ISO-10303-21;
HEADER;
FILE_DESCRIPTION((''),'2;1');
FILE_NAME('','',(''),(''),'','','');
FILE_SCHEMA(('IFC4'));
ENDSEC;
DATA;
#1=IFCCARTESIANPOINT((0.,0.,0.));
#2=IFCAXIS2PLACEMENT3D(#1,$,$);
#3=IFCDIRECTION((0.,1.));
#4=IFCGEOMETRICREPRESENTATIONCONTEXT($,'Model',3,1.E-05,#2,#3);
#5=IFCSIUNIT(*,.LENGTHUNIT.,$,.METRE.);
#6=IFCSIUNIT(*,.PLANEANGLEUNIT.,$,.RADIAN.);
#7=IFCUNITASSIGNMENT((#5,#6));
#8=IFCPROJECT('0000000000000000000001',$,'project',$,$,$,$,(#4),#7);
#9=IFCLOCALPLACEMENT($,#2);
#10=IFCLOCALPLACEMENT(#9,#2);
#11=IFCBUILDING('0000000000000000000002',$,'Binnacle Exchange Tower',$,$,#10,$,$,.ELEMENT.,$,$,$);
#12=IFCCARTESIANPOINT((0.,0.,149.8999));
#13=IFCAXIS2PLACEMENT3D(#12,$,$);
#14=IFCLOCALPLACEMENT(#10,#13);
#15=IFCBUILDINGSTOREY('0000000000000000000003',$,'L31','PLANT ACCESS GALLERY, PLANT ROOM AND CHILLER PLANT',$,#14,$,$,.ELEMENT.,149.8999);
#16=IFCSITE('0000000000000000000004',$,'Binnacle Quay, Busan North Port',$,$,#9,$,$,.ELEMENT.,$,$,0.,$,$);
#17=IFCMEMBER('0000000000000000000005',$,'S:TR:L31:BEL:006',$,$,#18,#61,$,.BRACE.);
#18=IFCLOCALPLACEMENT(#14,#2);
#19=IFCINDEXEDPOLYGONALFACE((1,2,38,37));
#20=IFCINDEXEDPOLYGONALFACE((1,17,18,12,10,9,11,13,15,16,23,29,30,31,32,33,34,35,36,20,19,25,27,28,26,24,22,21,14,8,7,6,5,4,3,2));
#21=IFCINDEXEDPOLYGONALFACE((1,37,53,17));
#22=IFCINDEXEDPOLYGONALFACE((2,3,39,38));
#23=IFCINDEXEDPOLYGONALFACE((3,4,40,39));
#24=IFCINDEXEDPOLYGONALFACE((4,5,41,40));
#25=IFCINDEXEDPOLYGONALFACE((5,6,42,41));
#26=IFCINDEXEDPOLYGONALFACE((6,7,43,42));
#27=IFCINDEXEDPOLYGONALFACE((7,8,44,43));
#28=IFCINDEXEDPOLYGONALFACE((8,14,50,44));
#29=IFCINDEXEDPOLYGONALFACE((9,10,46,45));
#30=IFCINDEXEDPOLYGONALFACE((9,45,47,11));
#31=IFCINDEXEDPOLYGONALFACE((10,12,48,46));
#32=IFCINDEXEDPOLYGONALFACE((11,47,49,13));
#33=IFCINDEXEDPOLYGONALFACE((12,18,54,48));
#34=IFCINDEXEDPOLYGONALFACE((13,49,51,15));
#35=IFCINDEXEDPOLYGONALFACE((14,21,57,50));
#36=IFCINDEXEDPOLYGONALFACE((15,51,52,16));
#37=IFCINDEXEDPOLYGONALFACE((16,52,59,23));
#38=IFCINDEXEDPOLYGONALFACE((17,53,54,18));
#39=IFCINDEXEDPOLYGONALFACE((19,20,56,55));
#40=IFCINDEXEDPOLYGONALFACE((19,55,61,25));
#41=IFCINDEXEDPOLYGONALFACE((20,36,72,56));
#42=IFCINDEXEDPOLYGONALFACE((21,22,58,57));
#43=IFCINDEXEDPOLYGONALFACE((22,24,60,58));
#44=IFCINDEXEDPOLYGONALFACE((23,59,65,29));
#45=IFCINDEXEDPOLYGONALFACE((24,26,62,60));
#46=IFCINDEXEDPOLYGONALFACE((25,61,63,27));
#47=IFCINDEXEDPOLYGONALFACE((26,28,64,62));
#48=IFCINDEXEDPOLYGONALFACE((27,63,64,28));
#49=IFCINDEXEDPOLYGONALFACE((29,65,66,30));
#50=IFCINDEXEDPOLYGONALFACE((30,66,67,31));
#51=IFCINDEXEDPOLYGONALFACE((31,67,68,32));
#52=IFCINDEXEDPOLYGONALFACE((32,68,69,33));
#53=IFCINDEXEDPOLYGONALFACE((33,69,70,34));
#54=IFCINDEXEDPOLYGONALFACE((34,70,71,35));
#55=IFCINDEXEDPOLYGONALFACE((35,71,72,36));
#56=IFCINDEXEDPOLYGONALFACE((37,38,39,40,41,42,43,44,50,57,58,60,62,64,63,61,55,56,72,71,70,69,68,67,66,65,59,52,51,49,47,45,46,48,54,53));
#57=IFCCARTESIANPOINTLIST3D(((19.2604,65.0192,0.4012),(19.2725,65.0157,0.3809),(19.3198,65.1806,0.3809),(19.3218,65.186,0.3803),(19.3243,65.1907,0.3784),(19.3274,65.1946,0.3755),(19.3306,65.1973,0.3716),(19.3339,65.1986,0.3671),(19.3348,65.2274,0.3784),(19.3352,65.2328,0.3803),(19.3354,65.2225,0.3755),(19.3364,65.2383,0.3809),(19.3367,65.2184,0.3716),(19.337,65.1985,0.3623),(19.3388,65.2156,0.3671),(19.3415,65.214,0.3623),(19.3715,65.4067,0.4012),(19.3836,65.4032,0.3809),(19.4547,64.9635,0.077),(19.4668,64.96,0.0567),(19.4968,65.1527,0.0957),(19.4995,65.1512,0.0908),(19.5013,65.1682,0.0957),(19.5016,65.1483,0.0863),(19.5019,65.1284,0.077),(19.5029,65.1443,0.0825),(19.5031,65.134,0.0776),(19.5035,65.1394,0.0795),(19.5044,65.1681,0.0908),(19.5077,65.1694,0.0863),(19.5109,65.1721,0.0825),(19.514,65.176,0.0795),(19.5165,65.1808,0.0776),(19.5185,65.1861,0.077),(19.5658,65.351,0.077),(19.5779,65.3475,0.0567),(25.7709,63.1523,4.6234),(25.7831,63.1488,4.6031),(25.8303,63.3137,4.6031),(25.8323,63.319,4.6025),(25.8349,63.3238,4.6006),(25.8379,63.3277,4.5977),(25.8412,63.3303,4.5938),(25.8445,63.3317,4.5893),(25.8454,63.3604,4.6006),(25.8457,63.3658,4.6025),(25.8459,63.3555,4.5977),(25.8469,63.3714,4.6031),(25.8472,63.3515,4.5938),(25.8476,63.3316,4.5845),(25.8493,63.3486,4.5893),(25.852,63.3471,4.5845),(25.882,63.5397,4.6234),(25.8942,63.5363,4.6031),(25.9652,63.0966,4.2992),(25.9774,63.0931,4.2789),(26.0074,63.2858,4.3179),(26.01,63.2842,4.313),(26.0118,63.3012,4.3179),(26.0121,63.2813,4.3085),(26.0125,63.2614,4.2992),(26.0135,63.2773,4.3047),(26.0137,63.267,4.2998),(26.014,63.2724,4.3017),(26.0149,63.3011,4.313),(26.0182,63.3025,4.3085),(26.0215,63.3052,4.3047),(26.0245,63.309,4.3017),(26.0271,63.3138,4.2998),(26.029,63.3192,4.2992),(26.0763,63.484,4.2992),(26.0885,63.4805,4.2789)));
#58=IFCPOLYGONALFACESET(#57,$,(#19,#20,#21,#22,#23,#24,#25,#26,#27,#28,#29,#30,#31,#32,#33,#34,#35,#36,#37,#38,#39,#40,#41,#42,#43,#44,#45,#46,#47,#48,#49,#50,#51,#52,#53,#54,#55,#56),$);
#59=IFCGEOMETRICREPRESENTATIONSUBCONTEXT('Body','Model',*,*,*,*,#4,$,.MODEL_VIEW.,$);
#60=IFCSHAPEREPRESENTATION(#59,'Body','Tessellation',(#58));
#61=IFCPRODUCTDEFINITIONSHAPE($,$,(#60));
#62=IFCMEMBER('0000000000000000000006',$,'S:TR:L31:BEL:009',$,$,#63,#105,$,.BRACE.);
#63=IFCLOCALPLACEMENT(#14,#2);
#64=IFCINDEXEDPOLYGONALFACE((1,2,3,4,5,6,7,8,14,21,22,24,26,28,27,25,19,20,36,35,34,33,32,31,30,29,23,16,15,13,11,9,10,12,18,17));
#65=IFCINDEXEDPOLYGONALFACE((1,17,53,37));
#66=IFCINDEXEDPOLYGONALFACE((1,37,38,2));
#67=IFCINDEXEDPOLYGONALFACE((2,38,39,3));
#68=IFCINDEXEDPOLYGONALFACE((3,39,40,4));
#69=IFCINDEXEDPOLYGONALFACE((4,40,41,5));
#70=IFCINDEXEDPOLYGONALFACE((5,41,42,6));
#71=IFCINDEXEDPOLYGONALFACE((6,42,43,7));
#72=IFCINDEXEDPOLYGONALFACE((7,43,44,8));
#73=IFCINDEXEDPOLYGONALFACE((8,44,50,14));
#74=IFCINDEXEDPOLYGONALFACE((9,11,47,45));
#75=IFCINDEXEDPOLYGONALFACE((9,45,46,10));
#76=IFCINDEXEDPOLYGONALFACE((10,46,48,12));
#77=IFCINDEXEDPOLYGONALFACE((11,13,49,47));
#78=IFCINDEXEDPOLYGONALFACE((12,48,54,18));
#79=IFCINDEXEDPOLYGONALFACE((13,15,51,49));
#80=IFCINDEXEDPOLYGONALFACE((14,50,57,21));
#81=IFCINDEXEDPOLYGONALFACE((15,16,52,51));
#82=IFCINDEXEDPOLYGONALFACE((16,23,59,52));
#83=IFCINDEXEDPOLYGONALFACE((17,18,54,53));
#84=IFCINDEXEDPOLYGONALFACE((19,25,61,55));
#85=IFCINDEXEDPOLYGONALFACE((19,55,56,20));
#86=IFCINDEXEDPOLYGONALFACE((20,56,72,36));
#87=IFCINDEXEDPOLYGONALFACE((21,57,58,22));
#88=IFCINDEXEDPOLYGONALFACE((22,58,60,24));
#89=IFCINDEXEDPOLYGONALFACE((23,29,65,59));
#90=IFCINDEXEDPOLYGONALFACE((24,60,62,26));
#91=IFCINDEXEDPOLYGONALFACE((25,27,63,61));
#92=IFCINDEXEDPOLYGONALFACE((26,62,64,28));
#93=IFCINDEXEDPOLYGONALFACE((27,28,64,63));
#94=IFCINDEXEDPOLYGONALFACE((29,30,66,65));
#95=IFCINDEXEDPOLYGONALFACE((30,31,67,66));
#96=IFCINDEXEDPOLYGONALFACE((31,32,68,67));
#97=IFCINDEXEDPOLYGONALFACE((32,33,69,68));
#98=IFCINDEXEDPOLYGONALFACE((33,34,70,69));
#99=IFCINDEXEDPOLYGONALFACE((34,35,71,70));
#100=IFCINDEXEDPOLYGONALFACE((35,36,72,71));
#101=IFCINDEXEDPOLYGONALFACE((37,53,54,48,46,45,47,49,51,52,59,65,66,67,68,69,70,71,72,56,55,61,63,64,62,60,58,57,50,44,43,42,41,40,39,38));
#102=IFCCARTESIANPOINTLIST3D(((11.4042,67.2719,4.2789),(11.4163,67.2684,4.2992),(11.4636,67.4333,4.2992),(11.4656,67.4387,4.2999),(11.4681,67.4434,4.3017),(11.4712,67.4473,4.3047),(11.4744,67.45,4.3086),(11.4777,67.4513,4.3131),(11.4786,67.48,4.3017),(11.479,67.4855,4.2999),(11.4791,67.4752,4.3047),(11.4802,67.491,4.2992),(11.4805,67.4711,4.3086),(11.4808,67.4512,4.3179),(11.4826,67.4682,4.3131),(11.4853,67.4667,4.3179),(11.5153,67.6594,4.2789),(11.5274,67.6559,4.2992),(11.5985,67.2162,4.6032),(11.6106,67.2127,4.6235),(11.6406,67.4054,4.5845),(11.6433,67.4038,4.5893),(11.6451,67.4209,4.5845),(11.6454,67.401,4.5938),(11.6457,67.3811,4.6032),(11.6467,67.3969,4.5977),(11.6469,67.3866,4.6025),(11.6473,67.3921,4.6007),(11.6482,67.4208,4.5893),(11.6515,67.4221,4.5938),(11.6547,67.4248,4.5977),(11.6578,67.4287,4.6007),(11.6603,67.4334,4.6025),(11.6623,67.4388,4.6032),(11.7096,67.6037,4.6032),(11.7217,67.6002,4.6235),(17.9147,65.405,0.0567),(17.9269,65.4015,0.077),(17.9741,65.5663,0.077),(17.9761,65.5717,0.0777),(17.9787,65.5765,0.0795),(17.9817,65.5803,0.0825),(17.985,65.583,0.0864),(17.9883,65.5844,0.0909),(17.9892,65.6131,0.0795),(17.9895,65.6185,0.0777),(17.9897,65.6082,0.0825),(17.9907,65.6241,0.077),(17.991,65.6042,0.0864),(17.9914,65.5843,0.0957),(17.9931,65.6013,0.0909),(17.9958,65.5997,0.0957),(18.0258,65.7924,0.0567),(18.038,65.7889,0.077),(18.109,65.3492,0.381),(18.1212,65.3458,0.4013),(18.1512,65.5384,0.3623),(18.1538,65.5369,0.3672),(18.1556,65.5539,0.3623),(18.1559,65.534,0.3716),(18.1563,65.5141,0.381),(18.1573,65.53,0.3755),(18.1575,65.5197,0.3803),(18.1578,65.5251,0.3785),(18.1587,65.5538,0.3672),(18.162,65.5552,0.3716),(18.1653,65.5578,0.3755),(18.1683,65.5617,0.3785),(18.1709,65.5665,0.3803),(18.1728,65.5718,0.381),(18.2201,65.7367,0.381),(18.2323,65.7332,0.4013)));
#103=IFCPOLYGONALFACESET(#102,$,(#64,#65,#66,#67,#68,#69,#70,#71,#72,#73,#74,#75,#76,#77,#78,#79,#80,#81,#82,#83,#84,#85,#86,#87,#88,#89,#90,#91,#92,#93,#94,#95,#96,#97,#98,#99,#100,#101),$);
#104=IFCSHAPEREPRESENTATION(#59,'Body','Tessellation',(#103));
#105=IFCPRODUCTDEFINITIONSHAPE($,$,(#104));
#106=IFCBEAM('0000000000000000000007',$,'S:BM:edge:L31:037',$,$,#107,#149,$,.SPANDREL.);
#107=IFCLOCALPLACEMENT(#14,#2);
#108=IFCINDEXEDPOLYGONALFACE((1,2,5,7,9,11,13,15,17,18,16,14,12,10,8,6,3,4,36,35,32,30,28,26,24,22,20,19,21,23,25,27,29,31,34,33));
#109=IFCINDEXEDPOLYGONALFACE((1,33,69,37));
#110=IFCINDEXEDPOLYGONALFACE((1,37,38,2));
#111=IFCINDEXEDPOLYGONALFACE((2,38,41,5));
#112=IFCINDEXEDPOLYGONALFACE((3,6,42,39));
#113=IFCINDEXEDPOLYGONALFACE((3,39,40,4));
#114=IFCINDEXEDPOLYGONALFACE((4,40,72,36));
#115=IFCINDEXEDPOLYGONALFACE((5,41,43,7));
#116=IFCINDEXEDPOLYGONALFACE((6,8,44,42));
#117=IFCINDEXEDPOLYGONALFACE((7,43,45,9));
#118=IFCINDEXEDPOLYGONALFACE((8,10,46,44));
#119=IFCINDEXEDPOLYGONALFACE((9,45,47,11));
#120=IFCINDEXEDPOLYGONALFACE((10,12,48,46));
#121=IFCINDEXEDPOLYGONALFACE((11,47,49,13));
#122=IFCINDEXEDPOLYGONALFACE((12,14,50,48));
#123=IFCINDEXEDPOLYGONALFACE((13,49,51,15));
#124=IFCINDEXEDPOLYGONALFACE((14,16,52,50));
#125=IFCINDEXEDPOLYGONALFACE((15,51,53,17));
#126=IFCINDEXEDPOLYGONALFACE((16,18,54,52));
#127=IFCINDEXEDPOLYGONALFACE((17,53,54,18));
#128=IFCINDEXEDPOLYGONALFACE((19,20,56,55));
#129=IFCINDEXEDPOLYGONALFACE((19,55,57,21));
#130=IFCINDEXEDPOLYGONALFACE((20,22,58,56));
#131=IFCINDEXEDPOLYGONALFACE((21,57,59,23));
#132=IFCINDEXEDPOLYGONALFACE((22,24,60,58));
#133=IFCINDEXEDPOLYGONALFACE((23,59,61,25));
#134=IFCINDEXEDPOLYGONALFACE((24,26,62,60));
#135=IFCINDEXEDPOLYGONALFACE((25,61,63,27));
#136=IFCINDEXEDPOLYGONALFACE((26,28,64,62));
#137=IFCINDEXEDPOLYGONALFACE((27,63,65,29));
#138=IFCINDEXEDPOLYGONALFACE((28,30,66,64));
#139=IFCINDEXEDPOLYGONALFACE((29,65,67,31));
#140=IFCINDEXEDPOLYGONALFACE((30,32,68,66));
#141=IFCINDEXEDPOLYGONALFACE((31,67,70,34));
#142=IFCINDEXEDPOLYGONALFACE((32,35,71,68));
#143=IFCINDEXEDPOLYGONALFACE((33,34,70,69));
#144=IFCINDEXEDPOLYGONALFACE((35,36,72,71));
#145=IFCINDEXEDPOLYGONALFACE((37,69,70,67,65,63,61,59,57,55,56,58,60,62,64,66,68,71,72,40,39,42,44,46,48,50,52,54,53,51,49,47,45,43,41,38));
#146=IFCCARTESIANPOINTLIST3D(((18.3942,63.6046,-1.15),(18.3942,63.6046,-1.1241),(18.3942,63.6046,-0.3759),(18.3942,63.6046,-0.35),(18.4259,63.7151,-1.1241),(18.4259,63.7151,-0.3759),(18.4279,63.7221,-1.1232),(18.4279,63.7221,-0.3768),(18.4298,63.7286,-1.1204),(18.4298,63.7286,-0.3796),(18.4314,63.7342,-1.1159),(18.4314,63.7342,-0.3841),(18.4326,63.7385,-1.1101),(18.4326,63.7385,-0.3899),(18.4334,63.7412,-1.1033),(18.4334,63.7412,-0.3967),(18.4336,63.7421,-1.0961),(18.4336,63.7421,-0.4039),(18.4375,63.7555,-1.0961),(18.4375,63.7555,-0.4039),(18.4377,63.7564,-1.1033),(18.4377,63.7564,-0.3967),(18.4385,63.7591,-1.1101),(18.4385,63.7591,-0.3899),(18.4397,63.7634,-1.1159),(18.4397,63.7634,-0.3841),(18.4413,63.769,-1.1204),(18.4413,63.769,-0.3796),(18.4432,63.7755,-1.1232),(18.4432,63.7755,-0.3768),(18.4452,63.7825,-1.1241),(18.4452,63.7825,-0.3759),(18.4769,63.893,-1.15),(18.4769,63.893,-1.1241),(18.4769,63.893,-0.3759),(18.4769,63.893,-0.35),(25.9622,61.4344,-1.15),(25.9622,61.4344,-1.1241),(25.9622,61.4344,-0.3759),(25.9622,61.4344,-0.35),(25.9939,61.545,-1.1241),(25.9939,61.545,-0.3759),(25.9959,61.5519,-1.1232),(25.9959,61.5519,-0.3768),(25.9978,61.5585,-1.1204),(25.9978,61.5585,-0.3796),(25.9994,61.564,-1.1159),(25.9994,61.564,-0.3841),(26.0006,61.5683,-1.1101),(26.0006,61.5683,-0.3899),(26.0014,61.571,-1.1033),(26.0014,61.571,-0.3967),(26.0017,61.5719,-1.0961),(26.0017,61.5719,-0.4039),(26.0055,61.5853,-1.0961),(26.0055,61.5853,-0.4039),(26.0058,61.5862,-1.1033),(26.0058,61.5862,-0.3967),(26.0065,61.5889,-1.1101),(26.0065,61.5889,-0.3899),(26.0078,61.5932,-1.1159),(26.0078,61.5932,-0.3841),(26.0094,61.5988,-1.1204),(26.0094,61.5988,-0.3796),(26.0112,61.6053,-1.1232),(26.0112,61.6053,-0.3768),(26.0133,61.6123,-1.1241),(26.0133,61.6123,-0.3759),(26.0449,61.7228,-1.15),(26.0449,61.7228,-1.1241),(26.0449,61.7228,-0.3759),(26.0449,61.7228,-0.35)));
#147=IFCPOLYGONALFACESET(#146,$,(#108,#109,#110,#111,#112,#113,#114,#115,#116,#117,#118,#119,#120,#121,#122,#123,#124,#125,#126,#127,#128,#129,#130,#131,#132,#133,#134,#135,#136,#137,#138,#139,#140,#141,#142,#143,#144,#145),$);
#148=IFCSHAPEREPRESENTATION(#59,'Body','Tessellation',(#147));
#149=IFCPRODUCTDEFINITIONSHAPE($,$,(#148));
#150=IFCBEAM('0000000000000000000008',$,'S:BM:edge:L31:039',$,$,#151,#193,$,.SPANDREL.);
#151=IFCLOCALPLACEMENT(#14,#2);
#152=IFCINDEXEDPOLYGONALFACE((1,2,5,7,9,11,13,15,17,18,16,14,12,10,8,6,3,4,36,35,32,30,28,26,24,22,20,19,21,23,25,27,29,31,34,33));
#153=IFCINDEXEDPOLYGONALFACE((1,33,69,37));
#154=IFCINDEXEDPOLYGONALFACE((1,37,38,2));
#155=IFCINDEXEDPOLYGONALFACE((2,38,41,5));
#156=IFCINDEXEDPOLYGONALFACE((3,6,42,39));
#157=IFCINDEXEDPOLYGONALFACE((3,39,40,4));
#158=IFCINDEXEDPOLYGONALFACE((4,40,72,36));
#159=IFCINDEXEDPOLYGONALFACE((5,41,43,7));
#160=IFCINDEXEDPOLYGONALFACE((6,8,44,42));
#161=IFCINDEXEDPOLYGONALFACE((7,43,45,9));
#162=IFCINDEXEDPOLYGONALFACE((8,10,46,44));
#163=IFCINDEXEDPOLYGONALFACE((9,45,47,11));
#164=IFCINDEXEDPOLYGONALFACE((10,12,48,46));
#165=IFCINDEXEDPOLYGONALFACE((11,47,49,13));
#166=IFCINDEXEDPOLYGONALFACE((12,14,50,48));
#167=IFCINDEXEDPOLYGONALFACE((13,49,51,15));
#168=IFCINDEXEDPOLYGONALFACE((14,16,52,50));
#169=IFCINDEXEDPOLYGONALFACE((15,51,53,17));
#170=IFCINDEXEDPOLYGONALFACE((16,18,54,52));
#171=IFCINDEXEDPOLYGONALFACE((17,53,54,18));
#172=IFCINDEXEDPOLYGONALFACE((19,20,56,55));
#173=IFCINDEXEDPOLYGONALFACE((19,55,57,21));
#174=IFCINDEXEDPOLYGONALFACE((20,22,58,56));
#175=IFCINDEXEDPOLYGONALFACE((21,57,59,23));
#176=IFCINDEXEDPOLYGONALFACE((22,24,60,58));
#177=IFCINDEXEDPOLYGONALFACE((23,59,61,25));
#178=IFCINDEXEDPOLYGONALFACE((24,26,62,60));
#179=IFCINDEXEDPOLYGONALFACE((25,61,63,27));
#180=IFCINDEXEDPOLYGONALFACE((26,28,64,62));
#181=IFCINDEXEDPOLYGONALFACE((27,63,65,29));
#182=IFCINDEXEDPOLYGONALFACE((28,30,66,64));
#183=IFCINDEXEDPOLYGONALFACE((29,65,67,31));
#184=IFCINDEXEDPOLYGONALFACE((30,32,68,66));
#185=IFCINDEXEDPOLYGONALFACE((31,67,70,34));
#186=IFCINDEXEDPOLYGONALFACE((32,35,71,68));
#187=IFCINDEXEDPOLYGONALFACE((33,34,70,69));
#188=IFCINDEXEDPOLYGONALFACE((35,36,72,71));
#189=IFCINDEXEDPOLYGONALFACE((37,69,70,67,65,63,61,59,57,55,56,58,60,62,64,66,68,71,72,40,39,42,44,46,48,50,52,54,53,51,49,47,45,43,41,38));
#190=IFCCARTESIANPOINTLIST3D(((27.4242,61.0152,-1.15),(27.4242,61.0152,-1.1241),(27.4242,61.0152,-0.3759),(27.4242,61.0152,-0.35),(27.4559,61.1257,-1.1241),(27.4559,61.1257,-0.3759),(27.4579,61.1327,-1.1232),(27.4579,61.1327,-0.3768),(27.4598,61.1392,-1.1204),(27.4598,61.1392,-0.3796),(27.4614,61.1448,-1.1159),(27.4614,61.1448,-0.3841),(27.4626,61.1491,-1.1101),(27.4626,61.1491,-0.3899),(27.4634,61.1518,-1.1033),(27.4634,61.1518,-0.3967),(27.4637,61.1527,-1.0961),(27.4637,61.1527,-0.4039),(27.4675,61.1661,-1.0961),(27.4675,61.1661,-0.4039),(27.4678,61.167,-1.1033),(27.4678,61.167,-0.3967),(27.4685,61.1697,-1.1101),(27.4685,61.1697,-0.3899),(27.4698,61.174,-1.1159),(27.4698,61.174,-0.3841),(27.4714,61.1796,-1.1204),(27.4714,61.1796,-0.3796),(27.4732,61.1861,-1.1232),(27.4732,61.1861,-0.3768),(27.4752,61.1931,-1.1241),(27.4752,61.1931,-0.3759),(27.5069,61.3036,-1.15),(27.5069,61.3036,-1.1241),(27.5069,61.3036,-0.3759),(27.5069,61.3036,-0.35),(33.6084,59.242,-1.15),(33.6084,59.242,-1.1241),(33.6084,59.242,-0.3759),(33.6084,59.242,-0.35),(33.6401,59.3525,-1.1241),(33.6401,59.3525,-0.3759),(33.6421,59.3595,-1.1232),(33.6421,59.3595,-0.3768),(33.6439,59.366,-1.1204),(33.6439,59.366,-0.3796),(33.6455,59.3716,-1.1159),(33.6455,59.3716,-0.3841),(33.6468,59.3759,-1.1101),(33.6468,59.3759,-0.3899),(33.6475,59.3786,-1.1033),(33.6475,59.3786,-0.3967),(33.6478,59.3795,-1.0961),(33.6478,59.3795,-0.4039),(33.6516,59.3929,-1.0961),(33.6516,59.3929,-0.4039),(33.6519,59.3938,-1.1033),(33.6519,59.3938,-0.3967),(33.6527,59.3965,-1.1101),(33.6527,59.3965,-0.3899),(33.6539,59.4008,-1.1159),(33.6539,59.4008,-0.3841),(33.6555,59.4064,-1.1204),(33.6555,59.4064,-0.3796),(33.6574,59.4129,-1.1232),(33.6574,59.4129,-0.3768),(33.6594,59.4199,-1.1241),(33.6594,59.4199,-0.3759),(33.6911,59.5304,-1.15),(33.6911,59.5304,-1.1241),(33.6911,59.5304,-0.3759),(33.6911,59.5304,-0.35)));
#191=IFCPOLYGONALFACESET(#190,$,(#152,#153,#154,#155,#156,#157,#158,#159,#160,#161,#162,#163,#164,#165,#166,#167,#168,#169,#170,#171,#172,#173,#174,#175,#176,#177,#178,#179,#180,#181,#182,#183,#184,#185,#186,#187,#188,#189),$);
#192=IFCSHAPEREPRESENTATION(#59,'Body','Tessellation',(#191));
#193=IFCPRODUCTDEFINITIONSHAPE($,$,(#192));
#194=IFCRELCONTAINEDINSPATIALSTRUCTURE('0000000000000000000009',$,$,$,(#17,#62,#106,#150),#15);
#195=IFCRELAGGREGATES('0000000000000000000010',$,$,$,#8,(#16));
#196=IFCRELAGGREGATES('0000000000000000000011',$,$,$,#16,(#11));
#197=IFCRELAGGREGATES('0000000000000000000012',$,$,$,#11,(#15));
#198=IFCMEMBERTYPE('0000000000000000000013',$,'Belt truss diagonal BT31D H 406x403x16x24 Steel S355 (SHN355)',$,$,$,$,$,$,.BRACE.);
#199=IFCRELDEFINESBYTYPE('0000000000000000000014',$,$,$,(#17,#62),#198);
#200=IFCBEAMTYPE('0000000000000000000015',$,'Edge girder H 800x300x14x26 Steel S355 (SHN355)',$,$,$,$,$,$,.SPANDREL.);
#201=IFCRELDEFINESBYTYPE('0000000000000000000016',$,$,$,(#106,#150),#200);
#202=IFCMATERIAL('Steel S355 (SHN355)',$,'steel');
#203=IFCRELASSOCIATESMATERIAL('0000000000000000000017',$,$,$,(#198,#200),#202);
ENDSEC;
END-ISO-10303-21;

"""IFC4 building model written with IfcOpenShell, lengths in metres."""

from ifc_helpers import new_model, si_unit, direction, frame, origin, origin_2d, place, context, subcontext, project, spatial, i_section, extrude, material, material_profile, profile_set, type_object, element, save


model = new_model("IFC4")

# Units and contexts
model_context = context("Model", 3, precision=1e-05, world=origin(), true_north=direction((0.0, 1.0)))
body_context = subcontext(model_context, "Body", "Model", "MODEL_VIEW")
ifc_project = project(units=[si_unit("LENGTHUNIT", "METRE"), si_unit("PLANEANGLEUNIT", "RADIAN")], contexts=[model_context])

# Site, building, storey
site_placement = place(None, origin())
site = spatial("IfcSite", under=ifc_project, at=site_placement, Name="Binnacle Quay, Busan North Port", CompositionType="ELEMENT", RefElevation=0.0)
building_placement = place(site_placement, origin())
building = spatial("IfcBuilding", under=site, at=building_placement, Name="Binnacle Exchange Tower", CompositionType="ELEMENT")
storey_placement = place(building_placement, frame((0.0, 0.0, 149.8999)))
storey = spatial("IfcBuildingStorey", under=building, at=storey_placement, Name="L31", Description="PLANT ACCESS GALLERY, PLANT ROOM AND CHILLER PLANT", CompositionType="ELEMENT", Elevation=149.8999)

# Members
ifc_material_1 = material(Name="Steel S355 (SHN355)", Category="steel")
ifc_material_profile_1 = material_profile(ifc_material_1, i_section(OverallWidth=0.4031, OverallDepth=0.406, WebThickness=0.0161, FlangeThickness=0.0239, FilletRadius=0.022, at=origin_2d()), Name="H 406x403x16x24")
ifc_profile_set_1 = profile_set([ifc_material_profile_1], Name="Steel S355 (SHN355)")
member_type_1 = type_object("IfcMemberType", Name="Belt truss diagonal BT31D H 406x403x16x24 Steel S355 (SHN355)", PredefinedType="BRACE", material=ifc_profile_set_1)
for number, where, z_axis, x_axis, name in (
    (1, (25.9297, 63.3164, 4.4512), (-0.815734, 0.233919, -0.529017), (-0.275649, -0.961258, 0.0), "S:TR:L31:BEL:006"),
    (2, (18.0735, 65.5691, 0.229), (-0.815734, 0.233919, 0.529017), (-0.275649, -0.961258, 0.0), "S:TR:L31:BEL:009"),
):
    element("IfcMember", number, at=place(storey_placement, frame(where, z_axis=z_axis, x_axis=x_axis)), inside=storey, type_object=member_type_1, Name=name, PredefinedType="BRACE", context=body_context, shape_type="SweptSolid", body=[
        extrude(i_section(OverallWidth=0.4031, OverallDepth=0.406, WebThickness=0.0161, FlangeThickness=0.0239, FilletRadius=0.022, at=origin_2d()), origin(), (0.0, 0.0, 1.0), 7.9812),
    ])

# Beams
ifc_material_profile_2 = material_profile(ifc_material_1, i_section(OverallWidth=0.3, OverallDepth=0.8, WebThickness=0.0139, FlangeThickness=0.0259, FilletRadius=0.0281, at=origin_2d()), Name="H 800x300x14x26")
ifc_profile_set_2 = profile_set([ifc_material_profile_2], Name="Steel S355 (SHN355)")
beam_type_1 = type_object("IfcBeamType", Name="Edge girder H 800x300x14x26 Steel S355 (SHN355)", PredefinedType="SPANDREL", material=ifc_profile_set_2)
beam_1_placement = place(storey_placement, frame((18.4355, 63.7488, -0.75), z_axis=(0.96126, -0.275643, 0.0), x_axis=(0.275643, 0.96126, 0.0)))
element("IfcBeam", 3, at=beam_1_placement, inside=storey, type_object=beam_type_1, Name="S:BM:edge:L31:037", PredefinedType="SPANDREL", context=body_context, shape_type="SweptSolid", body=[
    extrude(i_section(OverallWidth=0.3, OverallDepth=0.8, WebThickness=0.0139, FlangeThickness=0.0259, FilletRadius=0.0281, at=origin_2d()), origin(), (0.0, 0.0, 1.0), 7.873),
])
beam_2_placement = place(storey_placement, frame((27.4656, 61.1594, -0.75), z_axis=(0.961264, -0.275628, 0.0), x_axis=(0.275628, 0.961264, 0.0)))
element("IfcBeam", 4, at=beam_2_placement, inside=storey, type_object=beam_type_1, Name="S:BM:edge:L31:039", PredefinedType="SPANDREL", context=body_context, shape_type="SweptSolid", body=[
    extrude(i_section(OverallWidth=0.3, OverallDepth=0.8, WebThickness=0.0139, FlangeThickness=0.0259, FilletRadius=0.0281, at=origin_2d()), origin(), (0.0, 0.0, 1.0), 6.4333),
])

save(model, "model.ifc")
